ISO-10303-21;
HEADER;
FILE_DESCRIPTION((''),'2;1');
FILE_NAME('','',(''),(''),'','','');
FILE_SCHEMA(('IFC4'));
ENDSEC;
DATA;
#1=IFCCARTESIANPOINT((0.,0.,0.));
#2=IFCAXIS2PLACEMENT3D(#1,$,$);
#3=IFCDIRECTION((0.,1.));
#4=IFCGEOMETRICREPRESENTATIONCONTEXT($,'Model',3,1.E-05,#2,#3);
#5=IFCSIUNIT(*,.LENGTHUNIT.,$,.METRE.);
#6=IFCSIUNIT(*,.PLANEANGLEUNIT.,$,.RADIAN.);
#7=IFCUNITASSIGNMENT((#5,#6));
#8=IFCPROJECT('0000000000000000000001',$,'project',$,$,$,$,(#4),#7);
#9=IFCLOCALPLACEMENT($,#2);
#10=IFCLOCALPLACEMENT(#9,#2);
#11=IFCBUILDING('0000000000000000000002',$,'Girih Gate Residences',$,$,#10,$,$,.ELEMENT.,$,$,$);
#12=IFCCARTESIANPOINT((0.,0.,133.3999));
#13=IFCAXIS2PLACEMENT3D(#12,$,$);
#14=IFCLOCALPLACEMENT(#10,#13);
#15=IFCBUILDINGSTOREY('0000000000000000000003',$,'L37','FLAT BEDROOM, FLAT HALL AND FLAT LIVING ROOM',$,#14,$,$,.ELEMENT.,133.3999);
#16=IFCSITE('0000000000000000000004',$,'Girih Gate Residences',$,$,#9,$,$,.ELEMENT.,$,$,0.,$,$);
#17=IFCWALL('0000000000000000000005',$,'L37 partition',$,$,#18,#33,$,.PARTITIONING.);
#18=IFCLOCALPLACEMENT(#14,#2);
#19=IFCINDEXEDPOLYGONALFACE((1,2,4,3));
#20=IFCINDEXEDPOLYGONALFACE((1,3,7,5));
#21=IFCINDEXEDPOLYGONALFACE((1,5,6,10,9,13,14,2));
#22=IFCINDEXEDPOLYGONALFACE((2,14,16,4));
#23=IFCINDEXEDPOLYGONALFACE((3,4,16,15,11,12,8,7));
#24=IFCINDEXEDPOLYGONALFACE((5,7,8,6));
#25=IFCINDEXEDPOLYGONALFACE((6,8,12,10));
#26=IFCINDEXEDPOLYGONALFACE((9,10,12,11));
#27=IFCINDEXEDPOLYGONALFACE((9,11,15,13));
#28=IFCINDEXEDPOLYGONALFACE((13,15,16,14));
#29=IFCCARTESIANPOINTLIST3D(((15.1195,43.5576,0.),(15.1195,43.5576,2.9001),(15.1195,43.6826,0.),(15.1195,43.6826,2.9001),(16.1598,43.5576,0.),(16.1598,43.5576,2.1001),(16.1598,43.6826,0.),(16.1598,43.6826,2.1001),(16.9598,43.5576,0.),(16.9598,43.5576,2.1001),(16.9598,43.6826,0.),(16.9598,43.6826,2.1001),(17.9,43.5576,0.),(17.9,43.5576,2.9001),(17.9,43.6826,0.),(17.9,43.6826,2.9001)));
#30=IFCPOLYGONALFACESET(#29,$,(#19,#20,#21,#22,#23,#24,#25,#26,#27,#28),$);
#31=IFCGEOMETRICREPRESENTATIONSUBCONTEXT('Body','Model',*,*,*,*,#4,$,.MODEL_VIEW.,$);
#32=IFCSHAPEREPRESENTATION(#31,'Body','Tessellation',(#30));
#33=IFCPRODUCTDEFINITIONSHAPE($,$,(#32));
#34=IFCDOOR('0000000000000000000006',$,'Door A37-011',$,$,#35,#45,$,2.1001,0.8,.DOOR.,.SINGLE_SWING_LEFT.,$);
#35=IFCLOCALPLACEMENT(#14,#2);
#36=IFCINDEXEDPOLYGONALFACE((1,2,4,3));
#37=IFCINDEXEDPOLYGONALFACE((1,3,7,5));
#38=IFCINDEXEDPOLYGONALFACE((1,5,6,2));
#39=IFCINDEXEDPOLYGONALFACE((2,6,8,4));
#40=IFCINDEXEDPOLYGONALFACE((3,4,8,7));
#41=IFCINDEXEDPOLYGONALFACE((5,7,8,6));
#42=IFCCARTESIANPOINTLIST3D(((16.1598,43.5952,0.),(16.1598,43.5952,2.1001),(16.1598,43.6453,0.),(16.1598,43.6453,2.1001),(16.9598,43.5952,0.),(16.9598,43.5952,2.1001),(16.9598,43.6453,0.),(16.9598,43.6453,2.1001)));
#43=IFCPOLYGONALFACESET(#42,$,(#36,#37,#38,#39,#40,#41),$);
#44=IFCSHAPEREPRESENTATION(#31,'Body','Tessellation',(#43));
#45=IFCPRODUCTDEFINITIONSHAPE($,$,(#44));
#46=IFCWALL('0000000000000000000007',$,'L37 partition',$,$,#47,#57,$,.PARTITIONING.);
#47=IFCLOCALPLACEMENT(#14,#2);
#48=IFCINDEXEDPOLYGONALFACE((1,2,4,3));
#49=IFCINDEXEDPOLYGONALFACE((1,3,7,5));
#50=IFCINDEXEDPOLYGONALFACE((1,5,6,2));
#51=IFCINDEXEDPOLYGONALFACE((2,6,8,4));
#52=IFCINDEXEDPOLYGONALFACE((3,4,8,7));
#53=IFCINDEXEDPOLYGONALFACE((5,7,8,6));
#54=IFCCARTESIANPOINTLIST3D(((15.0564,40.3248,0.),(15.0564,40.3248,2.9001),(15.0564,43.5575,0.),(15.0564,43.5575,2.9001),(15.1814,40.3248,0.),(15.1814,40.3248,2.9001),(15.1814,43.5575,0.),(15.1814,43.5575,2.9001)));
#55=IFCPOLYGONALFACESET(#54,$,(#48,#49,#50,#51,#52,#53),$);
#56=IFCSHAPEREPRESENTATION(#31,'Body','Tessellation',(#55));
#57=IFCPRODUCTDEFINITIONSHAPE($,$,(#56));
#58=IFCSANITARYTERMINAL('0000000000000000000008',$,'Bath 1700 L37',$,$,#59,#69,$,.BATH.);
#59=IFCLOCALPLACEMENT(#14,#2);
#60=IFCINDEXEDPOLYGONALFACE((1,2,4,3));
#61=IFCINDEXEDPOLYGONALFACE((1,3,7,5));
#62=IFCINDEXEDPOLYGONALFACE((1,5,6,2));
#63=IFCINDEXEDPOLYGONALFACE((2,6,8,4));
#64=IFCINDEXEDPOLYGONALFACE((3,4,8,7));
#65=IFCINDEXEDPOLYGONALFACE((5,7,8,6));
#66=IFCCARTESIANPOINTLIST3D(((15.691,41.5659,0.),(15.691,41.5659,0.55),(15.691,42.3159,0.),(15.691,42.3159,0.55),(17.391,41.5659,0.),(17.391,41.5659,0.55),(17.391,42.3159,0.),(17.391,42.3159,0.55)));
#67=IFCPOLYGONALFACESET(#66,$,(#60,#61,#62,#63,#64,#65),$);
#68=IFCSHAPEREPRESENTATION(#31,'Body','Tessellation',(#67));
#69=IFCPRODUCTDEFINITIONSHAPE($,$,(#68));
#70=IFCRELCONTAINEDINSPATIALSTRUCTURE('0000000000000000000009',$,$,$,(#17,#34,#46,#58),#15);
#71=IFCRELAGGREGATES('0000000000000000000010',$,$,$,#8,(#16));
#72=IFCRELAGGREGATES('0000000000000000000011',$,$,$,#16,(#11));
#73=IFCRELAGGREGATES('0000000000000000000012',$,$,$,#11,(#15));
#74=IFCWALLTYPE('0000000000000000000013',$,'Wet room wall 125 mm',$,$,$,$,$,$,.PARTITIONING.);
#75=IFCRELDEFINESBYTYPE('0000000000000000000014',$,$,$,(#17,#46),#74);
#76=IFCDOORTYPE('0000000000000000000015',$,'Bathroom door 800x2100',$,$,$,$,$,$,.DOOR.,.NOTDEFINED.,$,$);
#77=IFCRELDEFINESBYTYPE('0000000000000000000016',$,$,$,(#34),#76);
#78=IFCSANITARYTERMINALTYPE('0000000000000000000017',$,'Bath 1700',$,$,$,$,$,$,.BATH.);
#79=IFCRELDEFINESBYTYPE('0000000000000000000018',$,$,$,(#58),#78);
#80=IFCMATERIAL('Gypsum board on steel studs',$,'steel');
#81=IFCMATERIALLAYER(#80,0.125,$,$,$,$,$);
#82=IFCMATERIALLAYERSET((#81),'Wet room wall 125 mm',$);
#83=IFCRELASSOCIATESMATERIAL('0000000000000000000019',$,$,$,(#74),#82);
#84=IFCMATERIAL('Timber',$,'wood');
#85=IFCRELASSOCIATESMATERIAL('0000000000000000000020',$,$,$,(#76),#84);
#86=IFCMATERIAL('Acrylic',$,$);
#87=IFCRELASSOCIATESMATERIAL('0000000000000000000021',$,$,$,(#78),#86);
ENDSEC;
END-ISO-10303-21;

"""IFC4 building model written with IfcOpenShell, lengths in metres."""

from ifc_helpers import new_model, si_unit, direction, frame, frame_2d, origin, origin_2d, place, context, subcontext, project, spatial, rectangle, extrude, material, layer, layer_set, type_object, element, fill, save


model = new_model("IFC4")

# Units and contexts
model_context = context("Model", 3, precision=1e-05, world=origin(), true_north=direction((0.0, 1.0)))
body_context = subcontext(model_context, "Body", "Model", "MODEL_VIEW")
ifc_project = project(units=[si_unit("LENGTHUNIT", "METRE"), si_unit("PLANEANGLEUNIT", "RADIAN")], contexts=[model_context])

# Site, building, storey
site_placement = place(None, origin())
site = spatial("IfcSite", under=ifc_project, at=site_placement, Name="Girih Gate Residences", CompositionType="ELEMENT", RefElevation=0.0)
building_placement = place(site_placement, origin())
building = spatial("IfcBuilding", under=site, at=building_placement, Name="Girih Gate Residences", CompositionType="ELEMENT")
storey_placement = place(building_placement, frame((0.0, 0.0, 133.3999)))
storey = spatial("IfcBuildingStorey", under=building, at=storey_placement, Name="L37", Description="FLAT BEDROOM, FLAT HALL AND FLAT LIVING ROOM", CompositionType="ELEMENT", Elevation=133.3999)

# Shared definitions
ifc_material_1 = material(Name="Gypsum board on steel studs", Category="steel")

# Shared definitions
ifc_material_2 = material(Name="Timber", Category="wood")

# Wall, opening, door
ifc_layer_1 = layer(ifc_material_1, 0.125)
ifc_layer_set_1 = layer_set([ifc_layer_1], Name="Wet room wall 125 mm")
wall_type_1 = type_object("IfcWallType", Name="Wet room wall 125 mm", PredefinedType="PARTITIONING", material=ifc_layer_set_1)
wall_1_placement = place(storey_placement, frame((17.8999, 43.6201, 0.0), z_axis=(0.0, 0.0, 1.0), x_axis=(-1.0, 0.0, 0.0)))
wall_1 = element("IfcWall", 1, at=wall_1_placement, inside=storey, type_object=wall_type_1, Name="L37 partition", PredefinedType="PARTITIONING", context=body_context, shape_type="SweptSolid", body=[
    extrude(rectangle(XDim=2.7805, YDim=0.125, at=frame_2d((1.3901, 0.0))), origin(), (0.0, 0.0, 1.0), 2.9001),
])
opening_1_placement = place(wall_1_placement, frame((0.9402, 0.0, 0.0)))
opening_1 = element("IfcOpeningElement", 2, at=opening_1_placement, cuts=wall_1, PredefinedType="OPENING", context=body_context, shape_type="SweptSolid", body=[
    extrude(rectangle(XDim=0.8, YDim=2.1001, at=frame_2d((0.3999, 1.05))), frame((0.0, 0.0725, 0.0), z_axis=(0.0, -1.0, 0.0), x_axis=(1.0, 0.0, 0.0)), (0.0, 0.0, 1.0), 0.145),
])
door_type_1 = type_object("IfcDoorType", Name="Bathroom door 800x2100", OperationType="NOTDEFINED", PredefinedType="DOOR", material=ifc_material_2)
door_1_placement = place(opening_1_placement, origin())
door_1 = element("IfcDoor", 3, at=door_1_placement, inside=storey, type_object=door_type_1, Name="Door A37-011", OperationType="SINGLE_SWING_LEFT", OverallHeight=2.1001, OverallWidth=0.8, PredefinedType="DOOR", context=body_context, shape_type="SweptSolid", body=[
    extrude(rectangle(XDim=0.8, YDim=2.1001, at=frame_2d((0.3999, 1.05))), frame((0.0, 0.0249, 0.0), z_axis=(0.0, -1.0, 0.0), x_axis=(1.0, 0.0, 0.0)), (0.0, 0.0, 1.0), 0.05),
])
fill(opening_1, door_1)

# Wall
wall_2_placement = place(storey_placement, frame((15.1189, 40.325, 0.0), z_axis=(0.0, 0.0, 1.0), x_axis=(0.0, 1.0, 0.0)))
element("IfcWall", 4, at=wall_2_placement, inside=storey, type_object=wall_type_1, Name="L37 partition", PredefinedType="PARTITIONING", context=body_context, shape_type="SweptSolid", body=[
    extrude(rectangle(XDim=3.2327, YDim=0.125, at=frame_2d((1.6162, 0.0))), origin(), (0.0, 0.0, 1.0), 2.9001),
])

# Sanitary terminal
ifc_material_3 = material(Name="Acrylic")
sanitary_terminal_type = type_object("IfcSanitaryTerminalType", Name="Bath 1700", PredefinedType="BATH", material=ifc_material_3)
sanitary_terminal_placement = place(storey_placement, frame((16.541, 41.9409, 0.0), z_axis=(0.0, 0.0, 1.0), x_axis=(1.0, 0.0, 0.0)))
element("IfcSanitaryTerminal", 5, at=sanitary_terminal_placement, inside=storey, type_object=sanitary_terminal_type, Name="Bath 1700 L37", PredefinedType="BATH", context=body_context, shape_type="SweptSolid", body=[
    extrude(rectangle(XDim=1.7, YDim=0.75, at=origin_2d()), origin(), (0.0, 0.0, 1.0), 0.55),
])

save(model, "model.ifc")
